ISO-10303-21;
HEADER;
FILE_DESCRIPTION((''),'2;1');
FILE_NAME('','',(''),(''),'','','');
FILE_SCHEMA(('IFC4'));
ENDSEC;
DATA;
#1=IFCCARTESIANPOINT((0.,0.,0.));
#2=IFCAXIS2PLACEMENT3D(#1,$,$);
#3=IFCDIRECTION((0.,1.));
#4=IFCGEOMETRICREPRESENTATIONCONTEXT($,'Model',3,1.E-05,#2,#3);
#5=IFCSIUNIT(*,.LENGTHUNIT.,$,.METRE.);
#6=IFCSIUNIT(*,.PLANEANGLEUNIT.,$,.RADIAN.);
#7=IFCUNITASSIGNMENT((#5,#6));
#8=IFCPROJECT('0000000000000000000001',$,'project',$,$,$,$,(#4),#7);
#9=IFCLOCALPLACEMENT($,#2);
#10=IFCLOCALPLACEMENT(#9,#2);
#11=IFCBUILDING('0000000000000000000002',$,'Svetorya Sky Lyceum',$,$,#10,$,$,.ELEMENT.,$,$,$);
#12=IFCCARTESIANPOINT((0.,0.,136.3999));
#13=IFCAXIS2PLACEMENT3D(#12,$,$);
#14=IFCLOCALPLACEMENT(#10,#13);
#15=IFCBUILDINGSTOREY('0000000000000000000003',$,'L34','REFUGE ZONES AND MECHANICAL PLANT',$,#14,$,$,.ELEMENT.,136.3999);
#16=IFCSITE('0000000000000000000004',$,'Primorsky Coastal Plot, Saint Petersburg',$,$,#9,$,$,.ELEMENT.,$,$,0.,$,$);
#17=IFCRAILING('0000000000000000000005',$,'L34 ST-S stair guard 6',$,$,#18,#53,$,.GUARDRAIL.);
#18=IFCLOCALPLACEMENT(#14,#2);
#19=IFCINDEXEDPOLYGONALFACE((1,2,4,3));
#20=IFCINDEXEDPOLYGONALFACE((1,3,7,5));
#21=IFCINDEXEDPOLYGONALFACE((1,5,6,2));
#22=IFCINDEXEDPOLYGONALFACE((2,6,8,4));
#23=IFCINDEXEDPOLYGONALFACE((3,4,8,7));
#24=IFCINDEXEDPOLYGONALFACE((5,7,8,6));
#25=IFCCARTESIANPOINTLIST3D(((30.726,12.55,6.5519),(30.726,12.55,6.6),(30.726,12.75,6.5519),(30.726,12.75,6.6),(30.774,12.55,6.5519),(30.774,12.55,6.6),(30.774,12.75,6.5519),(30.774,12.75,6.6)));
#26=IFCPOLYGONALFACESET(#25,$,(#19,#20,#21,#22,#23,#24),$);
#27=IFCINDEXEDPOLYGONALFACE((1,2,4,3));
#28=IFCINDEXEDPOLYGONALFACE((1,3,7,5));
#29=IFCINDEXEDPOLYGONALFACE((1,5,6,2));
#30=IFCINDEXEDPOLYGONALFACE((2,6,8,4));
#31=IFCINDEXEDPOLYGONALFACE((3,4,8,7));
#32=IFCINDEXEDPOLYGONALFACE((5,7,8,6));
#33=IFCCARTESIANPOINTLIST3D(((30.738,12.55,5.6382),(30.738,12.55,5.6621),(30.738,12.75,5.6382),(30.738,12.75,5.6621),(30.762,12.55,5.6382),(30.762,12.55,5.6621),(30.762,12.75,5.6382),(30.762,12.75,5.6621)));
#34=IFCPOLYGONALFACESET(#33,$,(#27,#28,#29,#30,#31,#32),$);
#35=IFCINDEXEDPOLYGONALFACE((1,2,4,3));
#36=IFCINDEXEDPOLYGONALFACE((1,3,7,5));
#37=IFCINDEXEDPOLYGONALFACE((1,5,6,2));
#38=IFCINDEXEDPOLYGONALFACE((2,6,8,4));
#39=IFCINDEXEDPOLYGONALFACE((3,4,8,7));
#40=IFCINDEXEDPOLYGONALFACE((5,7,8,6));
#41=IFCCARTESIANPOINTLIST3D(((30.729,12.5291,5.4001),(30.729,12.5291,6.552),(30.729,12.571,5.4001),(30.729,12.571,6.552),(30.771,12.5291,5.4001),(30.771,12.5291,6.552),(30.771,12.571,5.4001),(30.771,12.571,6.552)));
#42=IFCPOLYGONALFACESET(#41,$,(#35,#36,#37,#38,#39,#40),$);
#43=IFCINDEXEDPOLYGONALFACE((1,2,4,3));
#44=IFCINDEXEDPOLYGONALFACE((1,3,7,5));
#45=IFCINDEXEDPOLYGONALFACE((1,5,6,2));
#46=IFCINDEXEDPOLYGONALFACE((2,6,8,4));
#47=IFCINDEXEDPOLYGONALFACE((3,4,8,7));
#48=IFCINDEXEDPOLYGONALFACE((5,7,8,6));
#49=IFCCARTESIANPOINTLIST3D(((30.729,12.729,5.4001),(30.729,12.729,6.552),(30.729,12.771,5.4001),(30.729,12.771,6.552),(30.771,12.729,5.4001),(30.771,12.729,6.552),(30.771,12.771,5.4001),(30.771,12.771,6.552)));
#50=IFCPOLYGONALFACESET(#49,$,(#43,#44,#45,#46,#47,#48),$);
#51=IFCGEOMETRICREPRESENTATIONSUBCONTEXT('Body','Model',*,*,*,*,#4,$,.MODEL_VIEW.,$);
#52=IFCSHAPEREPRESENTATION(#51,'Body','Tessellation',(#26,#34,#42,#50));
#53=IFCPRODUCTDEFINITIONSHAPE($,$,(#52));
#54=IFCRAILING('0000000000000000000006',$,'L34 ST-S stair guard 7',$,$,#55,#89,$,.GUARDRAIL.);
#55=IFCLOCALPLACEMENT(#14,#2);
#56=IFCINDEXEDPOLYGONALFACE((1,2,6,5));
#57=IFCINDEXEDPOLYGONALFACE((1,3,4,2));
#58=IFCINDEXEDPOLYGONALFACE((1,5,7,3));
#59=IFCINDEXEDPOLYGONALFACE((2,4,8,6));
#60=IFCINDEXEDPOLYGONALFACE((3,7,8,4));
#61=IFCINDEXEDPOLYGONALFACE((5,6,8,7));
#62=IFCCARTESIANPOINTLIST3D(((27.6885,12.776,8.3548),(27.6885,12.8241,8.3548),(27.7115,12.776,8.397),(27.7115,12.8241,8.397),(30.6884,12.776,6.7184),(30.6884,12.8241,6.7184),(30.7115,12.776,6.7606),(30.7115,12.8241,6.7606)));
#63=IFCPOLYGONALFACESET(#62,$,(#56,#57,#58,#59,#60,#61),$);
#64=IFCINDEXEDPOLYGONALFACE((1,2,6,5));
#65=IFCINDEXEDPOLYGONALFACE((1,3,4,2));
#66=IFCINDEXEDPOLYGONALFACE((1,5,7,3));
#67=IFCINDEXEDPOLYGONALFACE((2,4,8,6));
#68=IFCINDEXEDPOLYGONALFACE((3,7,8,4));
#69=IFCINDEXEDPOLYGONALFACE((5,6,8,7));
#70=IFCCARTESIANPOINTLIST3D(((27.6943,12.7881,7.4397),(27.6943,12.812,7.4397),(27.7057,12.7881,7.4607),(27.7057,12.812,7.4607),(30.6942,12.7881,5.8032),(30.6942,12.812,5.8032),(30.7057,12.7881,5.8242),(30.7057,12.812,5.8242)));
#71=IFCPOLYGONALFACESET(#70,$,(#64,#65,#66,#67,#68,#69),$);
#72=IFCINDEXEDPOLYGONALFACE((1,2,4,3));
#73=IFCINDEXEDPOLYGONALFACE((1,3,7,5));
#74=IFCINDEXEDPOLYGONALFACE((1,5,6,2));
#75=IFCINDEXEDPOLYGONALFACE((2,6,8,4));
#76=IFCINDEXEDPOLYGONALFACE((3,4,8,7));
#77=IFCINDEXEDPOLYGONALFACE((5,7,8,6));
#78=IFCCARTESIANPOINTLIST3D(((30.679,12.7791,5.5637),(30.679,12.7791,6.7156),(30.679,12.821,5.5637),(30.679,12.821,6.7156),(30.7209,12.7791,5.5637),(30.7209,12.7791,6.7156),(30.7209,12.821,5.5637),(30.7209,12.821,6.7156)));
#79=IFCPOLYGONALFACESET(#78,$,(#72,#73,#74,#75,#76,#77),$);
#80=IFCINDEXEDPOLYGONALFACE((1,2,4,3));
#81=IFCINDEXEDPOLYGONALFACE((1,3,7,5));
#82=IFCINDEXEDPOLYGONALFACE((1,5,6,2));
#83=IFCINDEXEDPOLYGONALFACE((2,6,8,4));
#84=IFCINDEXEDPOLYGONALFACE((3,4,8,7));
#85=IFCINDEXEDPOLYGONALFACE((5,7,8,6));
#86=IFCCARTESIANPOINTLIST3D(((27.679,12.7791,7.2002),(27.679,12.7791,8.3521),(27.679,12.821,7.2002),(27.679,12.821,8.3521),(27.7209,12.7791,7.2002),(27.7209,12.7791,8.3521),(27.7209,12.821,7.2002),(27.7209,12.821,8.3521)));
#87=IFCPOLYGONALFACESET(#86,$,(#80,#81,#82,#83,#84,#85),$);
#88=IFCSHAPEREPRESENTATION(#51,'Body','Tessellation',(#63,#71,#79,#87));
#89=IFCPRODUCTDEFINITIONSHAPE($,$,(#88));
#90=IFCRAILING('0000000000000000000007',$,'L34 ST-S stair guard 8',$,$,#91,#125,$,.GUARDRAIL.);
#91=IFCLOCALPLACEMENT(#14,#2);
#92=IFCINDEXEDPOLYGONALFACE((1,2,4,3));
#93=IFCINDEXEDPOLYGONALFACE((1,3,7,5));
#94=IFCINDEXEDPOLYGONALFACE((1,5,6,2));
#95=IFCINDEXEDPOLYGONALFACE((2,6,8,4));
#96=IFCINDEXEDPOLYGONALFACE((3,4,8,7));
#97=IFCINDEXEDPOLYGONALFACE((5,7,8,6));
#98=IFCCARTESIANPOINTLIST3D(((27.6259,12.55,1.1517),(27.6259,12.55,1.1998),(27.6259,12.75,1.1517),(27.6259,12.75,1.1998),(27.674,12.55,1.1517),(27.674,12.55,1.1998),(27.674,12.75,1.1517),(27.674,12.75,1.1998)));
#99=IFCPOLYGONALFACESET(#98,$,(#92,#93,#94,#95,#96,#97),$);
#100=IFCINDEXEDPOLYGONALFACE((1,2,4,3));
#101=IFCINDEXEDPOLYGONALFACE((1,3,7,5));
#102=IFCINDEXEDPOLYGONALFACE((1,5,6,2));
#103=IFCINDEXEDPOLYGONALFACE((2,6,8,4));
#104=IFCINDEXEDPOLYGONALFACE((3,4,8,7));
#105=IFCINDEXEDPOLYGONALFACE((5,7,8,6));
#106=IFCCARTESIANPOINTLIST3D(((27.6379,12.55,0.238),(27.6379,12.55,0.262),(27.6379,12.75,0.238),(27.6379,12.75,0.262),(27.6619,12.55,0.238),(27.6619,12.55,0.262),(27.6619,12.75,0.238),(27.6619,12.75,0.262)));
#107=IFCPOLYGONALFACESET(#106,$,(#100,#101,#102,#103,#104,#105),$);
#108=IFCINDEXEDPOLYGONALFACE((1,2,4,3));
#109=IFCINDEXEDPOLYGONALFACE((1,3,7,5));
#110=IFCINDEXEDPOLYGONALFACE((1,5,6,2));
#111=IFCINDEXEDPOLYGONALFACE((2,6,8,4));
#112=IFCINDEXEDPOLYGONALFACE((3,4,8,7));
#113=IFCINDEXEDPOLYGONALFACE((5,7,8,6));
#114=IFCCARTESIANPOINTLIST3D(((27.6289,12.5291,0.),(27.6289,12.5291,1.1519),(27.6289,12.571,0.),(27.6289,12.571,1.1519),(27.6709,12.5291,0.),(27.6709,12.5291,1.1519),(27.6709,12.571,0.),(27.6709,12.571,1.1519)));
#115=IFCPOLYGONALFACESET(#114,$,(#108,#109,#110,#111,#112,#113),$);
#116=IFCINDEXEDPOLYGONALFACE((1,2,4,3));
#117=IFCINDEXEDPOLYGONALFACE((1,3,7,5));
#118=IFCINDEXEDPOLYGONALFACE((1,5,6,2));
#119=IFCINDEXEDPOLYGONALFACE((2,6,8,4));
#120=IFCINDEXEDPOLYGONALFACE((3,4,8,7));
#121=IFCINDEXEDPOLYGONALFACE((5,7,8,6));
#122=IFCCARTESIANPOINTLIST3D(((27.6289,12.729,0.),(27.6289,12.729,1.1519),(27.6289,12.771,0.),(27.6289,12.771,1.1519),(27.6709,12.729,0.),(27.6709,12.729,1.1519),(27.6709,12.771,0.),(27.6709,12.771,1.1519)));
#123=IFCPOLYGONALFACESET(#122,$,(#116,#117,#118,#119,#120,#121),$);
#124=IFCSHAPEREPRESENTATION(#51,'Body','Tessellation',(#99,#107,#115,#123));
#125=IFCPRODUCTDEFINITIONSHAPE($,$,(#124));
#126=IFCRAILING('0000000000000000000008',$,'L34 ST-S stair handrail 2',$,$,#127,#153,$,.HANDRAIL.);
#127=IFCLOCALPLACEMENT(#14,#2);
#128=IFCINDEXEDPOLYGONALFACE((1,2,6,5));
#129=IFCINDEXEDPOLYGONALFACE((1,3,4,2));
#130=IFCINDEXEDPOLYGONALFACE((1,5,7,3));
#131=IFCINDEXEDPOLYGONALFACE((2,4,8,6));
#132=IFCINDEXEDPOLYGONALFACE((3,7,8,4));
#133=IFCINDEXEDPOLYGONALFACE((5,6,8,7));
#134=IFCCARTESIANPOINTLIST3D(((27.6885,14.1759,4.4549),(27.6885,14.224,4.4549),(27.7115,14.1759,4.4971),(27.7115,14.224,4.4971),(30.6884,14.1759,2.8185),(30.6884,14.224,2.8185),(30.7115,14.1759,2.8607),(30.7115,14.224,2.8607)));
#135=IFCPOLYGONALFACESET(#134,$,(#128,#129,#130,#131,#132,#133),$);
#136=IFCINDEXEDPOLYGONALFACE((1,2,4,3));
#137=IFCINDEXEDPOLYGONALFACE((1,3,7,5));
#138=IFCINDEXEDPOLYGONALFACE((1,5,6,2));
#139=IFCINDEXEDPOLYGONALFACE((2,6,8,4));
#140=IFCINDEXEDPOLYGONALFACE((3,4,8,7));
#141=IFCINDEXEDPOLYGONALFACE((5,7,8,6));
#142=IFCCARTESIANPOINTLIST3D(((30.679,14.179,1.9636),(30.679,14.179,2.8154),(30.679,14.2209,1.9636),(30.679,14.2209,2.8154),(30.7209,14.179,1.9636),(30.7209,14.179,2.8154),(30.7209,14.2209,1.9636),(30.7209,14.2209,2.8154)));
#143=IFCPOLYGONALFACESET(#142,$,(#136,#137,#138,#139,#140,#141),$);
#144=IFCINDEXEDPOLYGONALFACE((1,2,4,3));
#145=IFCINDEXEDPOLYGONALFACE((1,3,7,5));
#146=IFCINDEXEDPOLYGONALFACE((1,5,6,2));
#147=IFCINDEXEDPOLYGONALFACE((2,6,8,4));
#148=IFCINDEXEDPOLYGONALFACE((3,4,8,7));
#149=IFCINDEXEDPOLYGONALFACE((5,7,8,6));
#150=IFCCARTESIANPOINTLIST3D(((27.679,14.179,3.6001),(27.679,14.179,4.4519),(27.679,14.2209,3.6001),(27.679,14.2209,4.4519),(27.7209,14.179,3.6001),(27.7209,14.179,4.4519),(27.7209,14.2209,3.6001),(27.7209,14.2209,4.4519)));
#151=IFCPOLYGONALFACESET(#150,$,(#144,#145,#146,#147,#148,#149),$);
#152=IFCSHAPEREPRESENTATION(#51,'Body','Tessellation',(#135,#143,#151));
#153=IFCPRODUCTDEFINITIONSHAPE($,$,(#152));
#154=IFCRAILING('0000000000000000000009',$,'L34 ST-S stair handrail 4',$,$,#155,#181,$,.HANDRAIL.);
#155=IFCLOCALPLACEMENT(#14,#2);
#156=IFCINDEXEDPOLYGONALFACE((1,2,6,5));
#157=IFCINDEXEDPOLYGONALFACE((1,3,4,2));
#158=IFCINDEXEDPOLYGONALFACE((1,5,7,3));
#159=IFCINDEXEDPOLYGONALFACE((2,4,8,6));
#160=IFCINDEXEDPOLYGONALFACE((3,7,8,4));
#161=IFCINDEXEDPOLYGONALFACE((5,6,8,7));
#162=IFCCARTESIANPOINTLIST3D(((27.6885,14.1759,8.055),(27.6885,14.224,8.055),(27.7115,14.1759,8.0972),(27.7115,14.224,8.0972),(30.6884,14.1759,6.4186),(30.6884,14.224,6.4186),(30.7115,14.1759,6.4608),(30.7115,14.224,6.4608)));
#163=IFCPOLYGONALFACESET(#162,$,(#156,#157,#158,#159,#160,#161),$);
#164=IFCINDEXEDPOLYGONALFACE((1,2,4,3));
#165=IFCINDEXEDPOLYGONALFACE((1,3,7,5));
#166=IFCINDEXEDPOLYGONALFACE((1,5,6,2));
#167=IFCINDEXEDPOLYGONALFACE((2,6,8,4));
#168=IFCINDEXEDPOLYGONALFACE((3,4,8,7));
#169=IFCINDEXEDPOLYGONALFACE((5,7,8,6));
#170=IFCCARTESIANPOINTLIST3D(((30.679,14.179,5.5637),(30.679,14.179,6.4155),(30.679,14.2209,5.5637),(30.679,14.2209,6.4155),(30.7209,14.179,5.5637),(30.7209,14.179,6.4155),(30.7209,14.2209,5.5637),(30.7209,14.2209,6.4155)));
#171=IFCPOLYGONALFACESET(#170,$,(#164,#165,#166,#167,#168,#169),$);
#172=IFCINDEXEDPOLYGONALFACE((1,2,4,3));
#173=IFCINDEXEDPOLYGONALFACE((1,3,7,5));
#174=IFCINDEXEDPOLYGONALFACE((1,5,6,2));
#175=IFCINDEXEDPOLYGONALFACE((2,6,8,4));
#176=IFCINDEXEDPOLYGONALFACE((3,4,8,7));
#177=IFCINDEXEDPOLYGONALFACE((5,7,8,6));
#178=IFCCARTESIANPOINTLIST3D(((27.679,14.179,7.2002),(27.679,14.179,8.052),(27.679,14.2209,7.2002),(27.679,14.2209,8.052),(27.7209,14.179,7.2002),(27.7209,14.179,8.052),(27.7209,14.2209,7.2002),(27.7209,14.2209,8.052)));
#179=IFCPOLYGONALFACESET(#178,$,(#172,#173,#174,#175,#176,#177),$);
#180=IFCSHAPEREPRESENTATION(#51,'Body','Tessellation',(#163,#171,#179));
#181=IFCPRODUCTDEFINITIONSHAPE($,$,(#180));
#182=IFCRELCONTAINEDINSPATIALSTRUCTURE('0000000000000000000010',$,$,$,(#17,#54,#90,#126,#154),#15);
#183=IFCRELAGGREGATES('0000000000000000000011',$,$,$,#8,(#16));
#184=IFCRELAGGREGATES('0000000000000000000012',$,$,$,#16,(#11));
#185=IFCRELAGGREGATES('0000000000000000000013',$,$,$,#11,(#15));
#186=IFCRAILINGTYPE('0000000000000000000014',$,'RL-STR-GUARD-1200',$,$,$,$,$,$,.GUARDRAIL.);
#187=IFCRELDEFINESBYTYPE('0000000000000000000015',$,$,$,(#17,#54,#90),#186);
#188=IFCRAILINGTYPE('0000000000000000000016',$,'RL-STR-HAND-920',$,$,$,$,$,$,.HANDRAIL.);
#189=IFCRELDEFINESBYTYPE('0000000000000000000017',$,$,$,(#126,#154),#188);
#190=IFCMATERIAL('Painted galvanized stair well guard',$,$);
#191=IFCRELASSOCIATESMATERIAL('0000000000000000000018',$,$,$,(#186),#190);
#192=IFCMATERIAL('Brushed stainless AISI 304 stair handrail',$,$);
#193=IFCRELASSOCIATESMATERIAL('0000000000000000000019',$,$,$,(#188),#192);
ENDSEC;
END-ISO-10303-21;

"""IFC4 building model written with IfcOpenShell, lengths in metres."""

from ifc_helpers import new_model, si_unit, direction, frame, origin, origin_2d, place, context, subcontext, project, spatial, rectangle, extrude, material, type_object, element, save


model = new_model("IFC4")

# Units and contexts
model_context = context("Model", 3, precision=1e-05, world=origin(), true_north=direction((0.0, 1.0)))
body_context = subcontext(model_context, "Body", "Model", "MODEL_VIEW")
ifc_project = project(units=[si_unit("LENGTHUNIT", "METRE"), si_unit("PLANEANGLEUNIT", "RADIAN")], contexts=[model_context])

# Site, building, storey
site_placement = place(None, origin())
site = spatial("IfcSite", under=ifc_project, at=site_placement, Name="Primorsky Coastal Plot, Saint Petersburg", CompositionType="ELEMENT", RefElevation=0.0)
building_placement = place(site_placement, origin())
building = spatial("IfcBuilding", under=site, at=building_placement, Name="Svetorya Sky Lyceum", CompositionType="ELEMENT")
storey_placement = place(building_placement, frame((0.0, 0.0, 136.3999)))
storey = spatial("IfcBuildingStorey", under=building, at=storey_placement, Name="L34", Description="REFUGE ZONES AND MECHANICAL PLANT", CompositionType="ELEMENT", Elevation=136.3999)

# Railings
ifc_material_1 = material(Name="Painted galvanized stair well guard")
railing_type_1 = type_object("IfcRailingType", Name="RL-STR-GUARD-1200", PredefinedType="GUARDRAIL", material=ifc_material_1)
railing_1_placement = place(storey_placement, frame((30.75, 12.55, 5.4001)))
element("IfcRailing", 1, at=railing_1_placement, inside=storey, type_object=railing_type_1, Name="L34 ST-S stair guard 6", PredefinedType="GUARDRAIL", context=body_context, shape_type="SweptSolid", body=[
    extrude(rectangle(XDim=0.0481, YDim=0.0481, at=origin_2d()), frame((0.0, 0.0, 1.1758), z_axis=(0.0, 1.0, 0.0), x_axis=(-1.0, 0.0, 0.0)), (0.0, 0.0, 1.0), 0.2),
    extrude(rectangle(XDim=0.0239, YDim=0.0239, at=origin_2d()), frame((0.0, 0.0, 0.25), z_axis=(0.0, 1.0, 0.0), x_axis=(-1.0, 0.0, 0.0)), (0.0, 0.0, 1.0), 0.2),
    extrude(rectangle(XDim=0.042, YDim=0.042, at=origin_2d()), origin(), (0.0, 0.0, 1.0), 1.1519),
    extrude(rectangle(XDim=0.042, YDim=0.042, at=origin_2d()), frame((0.0, 0.2, 0.0)), (0.0, 0.0, 1.0), 1.1519),
])
railing_2_placement = place(storey_placement, frame((30.7, 12.8, 5.5637)))
element("IfcRailing", 2, at=railing_2_placement, inside=storey, type_object=railing_type_1, Name="L34 ST-S stair guard 7", PredefinedType="GUARDRAIL", context=body_context, shape_type="SweptSolid", body=[
    extrude(rectangle(XDim=0.0481, YDim=0.0481, at=origin_2d()), frame((0.0, 0.0, 1.1758), z_axis=(-0.877882, 0.0, 0.478877), x_axis=(0.0, -1.0, 0.0)), (0.0, 0.0, 1.0), 3.4172),
    extrude(rectangle(XDim=0.0239, YDim=0.0239, at=origin_2d()), frame((0.0, 0.0, 0.25), z_axis=(-0.877882, 0.0, 0.478877), x_axis=(0.0, -1.0, 0.0)), (0.0, 0.0, 1.0), 3.4172),
    extrude(rectangle(XDim=0.042, YDim=0.042, at=origin_2d()), origin(), (0.0, 0.0, 1.0), 1.1519),
    extrude(rectangle(XDim=0.042, YDim=0.042, at=origin_2d()), frame((-3.0, 0.0, 1.6365)), (0.0, 0.0, 1.0), 1.1519),
])
railing_3_placement = place(storey_placement, frame((27.6499, 12.55, 0.0)))
element("IfcRailing", 3, at=railing_3_placement, inside=storey, type_object=railing_type_1, Name="L34 ST-S stair guard 8", PredefinedType="GUARDRAIL", context=body_context, shape_type="SweptSolid", body=[
    extrude(rectangle(XDim=0.0481, YDim=0.0481, at=origin_2d()), frame((0.0, 0.0, 1.1758), z_axis=(0.0, 1.0, 0.0), x_axis=(-1.0, 0.0, 0.0)), (0.0, 0.0, 1.0), 0.2),
    extrude(rectangle(XDim=0.0239, YDim=0.0239, at=origin_2d()), frame((0.0, 0.0, 0.25), z_axis=(0.0, 1.0, 0.0), x_axis=(-1.0, 0.0, 0.0)), (0.0, 0.0, 1.0), 0.2),
    extrude(rectangle(XDim=0.042, YDim=0.042, at=origin_2d()), origin(), (0.0, 0.0, 1.0), 1.1519),
    extrude(rectangle(XDim=0.042, YDim=0.042, at=origin_2d()), frame((0.0, 0.2, 0.0)), (0.0, 0.0, 1.0), 1.1519),
])
ifc_material_2 = material(Name="Brushed stainless AISI 304 stair handrail")
railing_type_2 = type_object("IfcRailingType", Name="RL-STR-HAND-920", PredefinedType="HANDRAIL", material=ifc_material_2)
for number, where, name in (
    (4, (30.7, 14.2, 1.9636), "L34 ST-S stair handrail 2"),
    (5, (30.7, 14.2, 5.5637), "L34 ST-S stair handrail 4"),
):
    element("IfcRailing", number, at=place(storey_placement, frame(where)), inside=storey, type_object=railing_type_2, Name=name, PredefinedType="HANDRAIL", context=body_context, shape_type="SweptSolid", body=[
        extrude(rectangle(XDim=0.0481, YDim=0.0481, at=origin_2d()), frame((0.0, 0.0, 0.876), z_axis=(-0.877882, 0.0, 0.478877), x_axis=(0.0, -1.0, 0.0)), (0.0, 0.0, 1.0), 3.4172),
        extrude(rectangle(XDim=0.042, YDim=0.042, at=origin_2d()), origin(), (0.0, 0.0, 1.0), 0.8518),
        extrude(rectangle(XDim=0.042, YDim=0.042, at=origin_2d()), frame((-3.0, 0.0, 1.6365)), (0.0, 0.0, 1.0), 0.8518),
    ])

save(model, "model.ifc")
